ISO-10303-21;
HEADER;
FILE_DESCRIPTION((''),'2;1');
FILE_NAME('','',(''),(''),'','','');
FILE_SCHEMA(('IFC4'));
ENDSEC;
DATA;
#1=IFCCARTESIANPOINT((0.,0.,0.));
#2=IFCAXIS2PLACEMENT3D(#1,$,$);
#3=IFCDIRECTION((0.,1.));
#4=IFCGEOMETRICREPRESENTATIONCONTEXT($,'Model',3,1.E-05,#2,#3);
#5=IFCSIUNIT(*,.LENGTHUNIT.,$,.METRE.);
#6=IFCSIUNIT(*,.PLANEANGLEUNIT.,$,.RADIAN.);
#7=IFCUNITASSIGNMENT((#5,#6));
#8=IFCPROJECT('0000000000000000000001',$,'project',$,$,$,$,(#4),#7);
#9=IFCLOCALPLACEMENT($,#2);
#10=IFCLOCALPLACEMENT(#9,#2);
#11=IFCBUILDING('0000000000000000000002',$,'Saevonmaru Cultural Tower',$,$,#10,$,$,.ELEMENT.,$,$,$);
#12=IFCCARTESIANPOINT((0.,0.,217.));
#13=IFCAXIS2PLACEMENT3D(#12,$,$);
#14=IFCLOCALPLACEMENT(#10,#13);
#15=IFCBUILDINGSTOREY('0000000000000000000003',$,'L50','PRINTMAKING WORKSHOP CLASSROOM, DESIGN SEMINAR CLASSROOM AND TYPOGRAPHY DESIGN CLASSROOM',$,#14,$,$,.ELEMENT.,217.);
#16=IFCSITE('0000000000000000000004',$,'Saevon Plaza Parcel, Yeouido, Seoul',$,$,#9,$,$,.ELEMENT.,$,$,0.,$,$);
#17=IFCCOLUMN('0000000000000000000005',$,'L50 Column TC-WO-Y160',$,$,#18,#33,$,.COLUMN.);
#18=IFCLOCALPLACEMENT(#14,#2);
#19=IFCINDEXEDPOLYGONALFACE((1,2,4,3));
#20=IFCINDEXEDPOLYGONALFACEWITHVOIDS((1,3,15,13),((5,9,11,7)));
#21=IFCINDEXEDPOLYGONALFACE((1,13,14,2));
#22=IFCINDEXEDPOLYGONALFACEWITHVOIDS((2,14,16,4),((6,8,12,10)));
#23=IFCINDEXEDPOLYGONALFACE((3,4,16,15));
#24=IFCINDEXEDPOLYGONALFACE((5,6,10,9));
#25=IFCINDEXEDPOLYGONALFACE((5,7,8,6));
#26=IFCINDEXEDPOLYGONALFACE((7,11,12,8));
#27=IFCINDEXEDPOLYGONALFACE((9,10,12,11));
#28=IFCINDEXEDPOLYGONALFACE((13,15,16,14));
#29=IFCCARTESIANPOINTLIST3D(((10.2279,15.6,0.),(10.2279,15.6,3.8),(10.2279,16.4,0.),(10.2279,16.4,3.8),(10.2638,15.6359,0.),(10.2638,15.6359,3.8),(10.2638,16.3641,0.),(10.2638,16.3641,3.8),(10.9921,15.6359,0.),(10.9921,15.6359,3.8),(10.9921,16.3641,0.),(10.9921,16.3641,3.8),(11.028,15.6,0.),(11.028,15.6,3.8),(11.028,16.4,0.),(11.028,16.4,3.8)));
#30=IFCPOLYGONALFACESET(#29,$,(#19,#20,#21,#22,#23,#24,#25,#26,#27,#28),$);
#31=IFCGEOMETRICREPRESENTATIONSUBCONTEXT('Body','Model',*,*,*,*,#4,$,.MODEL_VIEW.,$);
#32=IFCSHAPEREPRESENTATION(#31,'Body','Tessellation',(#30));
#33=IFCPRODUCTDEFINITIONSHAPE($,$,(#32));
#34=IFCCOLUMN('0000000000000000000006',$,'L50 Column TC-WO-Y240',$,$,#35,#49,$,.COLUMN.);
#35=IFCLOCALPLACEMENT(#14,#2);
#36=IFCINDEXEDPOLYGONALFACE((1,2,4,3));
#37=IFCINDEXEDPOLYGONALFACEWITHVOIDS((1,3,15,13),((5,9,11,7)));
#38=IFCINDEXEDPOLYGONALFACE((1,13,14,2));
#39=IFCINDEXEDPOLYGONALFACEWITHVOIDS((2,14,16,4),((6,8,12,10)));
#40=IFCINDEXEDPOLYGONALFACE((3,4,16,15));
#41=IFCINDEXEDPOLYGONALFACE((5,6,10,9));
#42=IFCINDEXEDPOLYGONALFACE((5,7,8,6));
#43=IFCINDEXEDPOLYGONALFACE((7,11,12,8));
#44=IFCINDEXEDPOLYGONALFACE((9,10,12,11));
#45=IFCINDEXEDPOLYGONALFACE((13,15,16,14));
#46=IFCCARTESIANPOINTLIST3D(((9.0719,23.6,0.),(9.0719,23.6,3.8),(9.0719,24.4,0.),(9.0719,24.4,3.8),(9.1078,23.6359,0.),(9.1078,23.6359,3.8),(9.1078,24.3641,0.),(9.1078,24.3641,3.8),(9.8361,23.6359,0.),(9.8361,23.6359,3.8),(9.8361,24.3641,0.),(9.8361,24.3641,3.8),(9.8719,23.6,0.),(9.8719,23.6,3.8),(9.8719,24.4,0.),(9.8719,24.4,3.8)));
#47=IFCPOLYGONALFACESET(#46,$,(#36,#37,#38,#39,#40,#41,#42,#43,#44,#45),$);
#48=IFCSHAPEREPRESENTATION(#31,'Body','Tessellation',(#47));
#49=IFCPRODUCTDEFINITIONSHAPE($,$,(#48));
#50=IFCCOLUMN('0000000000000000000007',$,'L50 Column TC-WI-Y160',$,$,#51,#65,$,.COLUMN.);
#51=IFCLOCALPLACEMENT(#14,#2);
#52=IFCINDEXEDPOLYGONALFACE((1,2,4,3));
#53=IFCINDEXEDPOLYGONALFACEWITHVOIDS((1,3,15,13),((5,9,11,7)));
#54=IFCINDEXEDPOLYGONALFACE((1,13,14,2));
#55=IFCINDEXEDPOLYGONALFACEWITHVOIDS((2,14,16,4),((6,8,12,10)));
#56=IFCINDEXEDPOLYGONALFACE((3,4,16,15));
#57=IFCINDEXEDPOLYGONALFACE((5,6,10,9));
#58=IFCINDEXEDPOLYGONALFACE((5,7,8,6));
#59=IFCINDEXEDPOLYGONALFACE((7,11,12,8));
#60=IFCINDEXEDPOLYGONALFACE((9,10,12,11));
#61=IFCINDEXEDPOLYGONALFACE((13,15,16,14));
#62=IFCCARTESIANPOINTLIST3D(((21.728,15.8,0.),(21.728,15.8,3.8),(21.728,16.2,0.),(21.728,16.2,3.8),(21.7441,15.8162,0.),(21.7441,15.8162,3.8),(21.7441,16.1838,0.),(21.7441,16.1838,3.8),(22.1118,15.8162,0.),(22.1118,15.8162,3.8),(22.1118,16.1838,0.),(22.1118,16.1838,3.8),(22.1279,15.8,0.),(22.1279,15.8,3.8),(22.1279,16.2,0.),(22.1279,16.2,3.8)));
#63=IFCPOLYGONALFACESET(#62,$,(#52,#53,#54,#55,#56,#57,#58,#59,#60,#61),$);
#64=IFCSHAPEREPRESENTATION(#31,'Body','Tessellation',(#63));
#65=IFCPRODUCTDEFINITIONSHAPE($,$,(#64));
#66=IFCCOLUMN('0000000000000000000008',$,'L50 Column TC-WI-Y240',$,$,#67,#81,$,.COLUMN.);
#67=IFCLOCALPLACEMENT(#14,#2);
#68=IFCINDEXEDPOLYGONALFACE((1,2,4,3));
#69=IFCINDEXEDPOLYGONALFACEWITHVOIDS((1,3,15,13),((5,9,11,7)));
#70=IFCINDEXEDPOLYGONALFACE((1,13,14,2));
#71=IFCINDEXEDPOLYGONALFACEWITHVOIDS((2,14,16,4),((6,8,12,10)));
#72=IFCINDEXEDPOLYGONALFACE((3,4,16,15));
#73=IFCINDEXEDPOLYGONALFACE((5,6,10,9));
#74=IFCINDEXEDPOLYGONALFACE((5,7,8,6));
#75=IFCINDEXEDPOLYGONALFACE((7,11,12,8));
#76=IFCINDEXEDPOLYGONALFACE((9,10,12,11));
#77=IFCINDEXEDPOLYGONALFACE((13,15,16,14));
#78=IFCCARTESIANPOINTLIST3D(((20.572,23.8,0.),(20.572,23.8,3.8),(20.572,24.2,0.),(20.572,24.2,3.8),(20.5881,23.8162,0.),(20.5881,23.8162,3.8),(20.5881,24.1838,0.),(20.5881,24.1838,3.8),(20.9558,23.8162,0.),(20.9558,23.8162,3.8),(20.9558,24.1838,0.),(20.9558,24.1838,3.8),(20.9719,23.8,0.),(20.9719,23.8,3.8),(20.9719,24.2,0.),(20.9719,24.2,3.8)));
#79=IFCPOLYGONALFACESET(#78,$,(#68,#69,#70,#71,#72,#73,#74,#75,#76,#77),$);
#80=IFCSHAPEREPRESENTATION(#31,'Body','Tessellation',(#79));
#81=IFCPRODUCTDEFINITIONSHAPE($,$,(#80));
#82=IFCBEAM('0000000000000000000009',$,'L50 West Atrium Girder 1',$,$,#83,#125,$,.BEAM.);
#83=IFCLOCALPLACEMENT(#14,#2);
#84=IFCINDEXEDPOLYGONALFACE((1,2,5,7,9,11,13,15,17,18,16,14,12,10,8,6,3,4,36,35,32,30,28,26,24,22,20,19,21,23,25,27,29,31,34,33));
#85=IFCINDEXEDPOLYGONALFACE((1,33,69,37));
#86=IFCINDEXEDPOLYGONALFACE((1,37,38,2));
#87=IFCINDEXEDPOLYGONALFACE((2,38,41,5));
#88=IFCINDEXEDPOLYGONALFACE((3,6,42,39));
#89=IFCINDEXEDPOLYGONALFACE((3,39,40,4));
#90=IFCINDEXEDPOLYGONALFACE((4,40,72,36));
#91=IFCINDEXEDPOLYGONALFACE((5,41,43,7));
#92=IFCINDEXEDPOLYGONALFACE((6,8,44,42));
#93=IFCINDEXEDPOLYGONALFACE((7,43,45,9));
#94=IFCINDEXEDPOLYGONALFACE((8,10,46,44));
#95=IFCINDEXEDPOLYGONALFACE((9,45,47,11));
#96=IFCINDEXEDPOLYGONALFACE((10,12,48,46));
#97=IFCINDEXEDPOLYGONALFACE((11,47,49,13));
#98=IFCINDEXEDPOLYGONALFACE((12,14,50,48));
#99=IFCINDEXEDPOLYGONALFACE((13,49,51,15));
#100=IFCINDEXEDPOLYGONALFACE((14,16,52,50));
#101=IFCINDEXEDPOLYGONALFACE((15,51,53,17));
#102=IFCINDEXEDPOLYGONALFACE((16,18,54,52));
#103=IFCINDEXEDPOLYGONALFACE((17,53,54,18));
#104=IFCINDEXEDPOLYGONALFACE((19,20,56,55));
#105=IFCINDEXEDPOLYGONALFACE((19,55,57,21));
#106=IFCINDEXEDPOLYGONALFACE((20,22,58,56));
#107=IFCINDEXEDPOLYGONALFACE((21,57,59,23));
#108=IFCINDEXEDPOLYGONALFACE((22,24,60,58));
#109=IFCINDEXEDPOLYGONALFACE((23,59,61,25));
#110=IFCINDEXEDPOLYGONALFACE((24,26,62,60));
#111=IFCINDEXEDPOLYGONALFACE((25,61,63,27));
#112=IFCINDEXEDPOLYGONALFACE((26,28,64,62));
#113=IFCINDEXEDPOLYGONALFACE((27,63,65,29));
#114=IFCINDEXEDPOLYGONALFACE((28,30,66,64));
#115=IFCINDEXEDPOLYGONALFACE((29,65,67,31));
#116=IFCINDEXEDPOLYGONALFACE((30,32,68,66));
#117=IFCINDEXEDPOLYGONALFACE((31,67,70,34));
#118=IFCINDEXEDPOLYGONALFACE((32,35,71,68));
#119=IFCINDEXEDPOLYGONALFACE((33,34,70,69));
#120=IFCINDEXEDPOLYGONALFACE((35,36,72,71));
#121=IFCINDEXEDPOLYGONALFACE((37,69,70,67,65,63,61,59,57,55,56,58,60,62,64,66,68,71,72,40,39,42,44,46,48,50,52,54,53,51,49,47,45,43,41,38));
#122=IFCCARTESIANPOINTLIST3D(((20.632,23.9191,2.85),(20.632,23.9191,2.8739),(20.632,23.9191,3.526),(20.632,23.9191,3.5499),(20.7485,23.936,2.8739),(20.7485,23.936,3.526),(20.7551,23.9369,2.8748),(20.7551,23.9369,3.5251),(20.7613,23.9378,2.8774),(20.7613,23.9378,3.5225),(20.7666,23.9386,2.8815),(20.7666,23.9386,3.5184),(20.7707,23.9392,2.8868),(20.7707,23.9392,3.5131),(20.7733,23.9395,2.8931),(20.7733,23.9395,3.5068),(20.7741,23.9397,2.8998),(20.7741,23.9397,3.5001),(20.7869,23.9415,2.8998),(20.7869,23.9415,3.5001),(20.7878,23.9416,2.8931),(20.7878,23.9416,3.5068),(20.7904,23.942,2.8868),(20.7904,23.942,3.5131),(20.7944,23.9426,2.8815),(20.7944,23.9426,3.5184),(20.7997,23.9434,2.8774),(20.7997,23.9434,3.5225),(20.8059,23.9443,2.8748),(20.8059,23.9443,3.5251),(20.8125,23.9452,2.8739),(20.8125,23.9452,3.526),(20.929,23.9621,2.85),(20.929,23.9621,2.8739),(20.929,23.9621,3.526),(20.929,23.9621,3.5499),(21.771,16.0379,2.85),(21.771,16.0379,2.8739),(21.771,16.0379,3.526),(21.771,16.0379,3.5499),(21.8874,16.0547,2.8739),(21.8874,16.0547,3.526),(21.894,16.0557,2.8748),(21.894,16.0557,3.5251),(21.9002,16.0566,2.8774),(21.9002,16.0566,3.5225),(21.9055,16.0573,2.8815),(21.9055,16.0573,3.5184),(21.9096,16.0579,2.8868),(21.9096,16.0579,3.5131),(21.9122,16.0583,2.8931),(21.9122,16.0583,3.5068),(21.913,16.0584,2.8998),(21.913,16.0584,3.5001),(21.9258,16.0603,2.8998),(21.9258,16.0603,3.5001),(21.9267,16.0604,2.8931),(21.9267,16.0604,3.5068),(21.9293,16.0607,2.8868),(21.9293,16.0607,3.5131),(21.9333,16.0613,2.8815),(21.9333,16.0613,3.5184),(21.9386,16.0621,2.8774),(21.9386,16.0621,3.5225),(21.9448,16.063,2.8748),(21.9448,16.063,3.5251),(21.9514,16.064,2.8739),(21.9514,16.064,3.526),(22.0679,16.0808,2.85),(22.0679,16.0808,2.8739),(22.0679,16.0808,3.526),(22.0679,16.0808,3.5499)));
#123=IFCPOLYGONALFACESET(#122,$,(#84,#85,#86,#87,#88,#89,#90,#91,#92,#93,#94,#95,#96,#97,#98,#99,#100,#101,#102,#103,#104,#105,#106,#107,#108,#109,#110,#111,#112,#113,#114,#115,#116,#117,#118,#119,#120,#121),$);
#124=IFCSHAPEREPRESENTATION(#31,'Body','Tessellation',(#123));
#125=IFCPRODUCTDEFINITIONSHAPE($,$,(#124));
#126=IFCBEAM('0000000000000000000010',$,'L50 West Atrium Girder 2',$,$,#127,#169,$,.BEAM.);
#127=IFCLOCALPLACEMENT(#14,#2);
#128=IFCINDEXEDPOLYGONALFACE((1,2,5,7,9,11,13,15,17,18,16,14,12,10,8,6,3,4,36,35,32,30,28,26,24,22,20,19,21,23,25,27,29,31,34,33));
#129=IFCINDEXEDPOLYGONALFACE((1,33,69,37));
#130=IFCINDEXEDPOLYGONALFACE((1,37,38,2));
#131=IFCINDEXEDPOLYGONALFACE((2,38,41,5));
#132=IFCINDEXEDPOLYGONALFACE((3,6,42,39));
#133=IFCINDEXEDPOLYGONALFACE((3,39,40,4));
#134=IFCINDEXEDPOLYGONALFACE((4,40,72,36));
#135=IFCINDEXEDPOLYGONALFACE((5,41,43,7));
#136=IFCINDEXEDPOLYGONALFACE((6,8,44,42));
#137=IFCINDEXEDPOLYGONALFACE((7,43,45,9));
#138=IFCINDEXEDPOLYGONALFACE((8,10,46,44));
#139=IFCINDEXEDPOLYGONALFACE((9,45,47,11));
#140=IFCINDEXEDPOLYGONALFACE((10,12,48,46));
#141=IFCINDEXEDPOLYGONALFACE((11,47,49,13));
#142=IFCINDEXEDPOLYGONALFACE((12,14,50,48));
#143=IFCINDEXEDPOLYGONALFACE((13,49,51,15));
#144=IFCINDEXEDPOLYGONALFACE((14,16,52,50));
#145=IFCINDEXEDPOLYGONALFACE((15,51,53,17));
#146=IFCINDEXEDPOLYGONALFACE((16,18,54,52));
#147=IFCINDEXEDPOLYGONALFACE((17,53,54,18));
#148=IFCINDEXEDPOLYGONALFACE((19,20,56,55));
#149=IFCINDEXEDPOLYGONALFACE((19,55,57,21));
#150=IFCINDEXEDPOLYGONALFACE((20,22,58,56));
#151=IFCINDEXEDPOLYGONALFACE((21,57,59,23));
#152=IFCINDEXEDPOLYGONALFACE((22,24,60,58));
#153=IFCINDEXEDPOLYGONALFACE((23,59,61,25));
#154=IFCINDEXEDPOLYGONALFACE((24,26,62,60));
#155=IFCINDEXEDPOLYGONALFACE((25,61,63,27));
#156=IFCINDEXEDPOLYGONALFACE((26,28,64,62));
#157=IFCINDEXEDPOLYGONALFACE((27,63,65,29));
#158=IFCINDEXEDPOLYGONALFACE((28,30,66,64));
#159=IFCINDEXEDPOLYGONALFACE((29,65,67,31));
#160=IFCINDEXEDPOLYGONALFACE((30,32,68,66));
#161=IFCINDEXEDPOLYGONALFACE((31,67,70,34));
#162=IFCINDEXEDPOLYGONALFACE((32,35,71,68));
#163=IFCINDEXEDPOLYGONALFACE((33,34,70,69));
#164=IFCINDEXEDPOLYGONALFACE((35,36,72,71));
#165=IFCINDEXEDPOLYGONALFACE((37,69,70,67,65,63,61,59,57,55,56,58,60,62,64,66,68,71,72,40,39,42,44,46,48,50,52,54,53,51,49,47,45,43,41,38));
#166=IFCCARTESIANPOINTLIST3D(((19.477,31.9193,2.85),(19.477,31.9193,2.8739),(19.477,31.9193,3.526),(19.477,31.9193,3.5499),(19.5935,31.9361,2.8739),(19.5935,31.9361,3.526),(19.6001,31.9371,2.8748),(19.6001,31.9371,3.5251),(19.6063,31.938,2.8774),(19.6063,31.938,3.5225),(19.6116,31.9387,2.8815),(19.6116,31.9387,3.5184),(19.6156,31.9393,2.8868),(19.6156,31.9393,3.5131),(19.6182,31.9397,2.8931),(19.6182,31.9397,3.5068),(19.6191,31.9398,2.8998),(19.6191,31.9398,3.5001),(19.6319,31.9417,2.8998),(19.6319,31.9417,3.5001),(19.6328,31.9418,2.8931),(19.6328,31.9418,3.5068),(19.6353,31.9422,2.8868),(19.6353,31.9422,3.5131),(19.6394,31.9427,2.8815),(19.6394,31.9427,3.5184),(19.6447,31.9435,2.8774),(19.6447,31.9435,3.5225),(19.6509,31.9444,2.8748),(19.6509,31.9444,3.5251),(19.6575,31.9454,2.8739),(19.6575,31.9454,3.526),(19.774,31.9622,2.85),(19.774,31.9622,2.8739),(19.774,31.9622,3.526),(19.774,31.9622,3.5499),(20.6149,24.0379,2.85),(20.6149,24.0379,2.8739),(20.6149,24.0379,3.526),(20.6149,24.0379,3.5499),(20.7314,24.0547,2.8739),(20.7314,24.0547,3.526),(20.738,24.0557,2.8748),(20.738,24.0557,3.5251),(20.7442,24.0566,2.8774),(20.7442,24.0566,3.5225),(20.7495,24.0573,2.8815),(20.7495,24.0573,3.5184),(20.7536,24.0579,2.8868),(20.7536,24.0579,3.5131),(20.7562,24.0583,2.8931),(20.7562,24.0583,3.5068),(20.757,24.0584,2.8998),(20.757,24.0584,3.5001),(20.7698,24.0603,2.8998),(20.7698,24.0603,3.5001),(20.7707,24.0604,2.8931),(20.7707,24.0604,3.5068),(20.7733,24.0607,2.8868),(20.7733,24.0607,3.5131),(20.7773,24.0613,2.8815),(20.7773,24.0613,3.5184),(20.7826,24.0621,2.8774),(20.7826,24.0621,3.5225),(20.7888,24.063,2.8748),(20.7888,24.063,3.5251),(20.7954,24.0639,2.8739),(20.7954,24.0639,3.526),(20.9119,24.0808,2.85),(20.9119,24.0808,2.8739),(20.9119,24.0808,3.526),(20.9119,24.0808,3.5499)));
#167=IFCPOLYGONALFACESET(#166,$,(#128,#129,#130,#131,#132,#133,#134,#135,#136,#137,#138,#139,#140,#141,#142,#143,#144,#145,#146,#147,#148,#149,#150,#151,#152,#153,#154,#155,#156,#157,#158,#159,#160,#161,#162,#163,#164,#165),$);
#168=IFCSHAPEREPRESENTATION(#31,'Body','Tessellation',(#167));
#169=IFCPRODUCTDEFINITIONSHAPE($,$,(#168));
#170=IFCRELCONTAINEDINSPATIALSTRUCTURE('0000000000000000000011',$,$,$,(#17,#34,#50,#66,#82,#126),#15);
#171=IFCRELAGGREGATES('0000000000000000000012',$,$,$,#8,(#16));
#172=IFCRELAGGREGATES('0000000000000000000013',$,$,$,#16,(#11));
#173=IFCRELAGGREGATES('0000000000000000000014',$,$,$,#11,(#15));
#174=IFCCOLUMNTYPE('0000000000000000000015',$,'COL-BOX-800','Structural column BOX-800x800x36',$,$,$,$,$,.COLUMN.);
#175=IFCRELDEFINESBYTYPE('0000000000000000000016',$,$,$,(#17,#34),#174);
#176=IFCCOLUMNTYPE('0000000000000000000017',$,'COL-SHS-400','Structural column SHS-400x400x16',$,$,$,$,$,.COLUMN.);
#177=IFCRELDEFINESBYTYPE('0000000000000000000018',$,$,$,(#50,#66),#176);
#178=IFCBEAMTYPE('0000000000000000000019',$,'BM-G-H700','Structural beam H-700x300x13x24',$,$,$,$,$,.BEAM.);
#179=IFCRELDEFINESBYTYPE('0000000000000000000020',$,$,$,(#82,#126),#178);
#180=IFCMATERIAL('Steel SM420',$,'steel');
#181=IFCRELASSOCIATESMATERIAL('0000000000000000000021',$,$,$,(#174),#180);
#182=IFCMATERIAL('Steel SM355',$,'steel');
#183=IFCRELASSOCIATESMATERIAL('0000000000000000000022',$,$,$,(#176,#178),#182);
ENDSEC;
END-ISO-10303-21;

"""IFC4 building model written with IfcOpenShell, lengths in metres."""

from ifc_helpers import new_model, si_unit, direction, frame, origin, origin_2d, place, context, subcontext, project, spatial, hollow_rectangle, i_section, extrude, material, material_profile, profile_set, type_object, element, save


model = new_model("IFC4")

# Units and contexts
model_context = context("Model", 3, precision=1e-05, world=origin(), true_north=direction((0.0, 1.0)))
body_context = subcontext(model_context, "Body", "Model", "MODEL_VIEW")
ifc_project = project(units=[si_unit("LENGTHUNIT", "METRE"), si_unit("PLANEANGLEUNIT", "RADIAN")], contexts=[model_context])

# Site, building, storey
site_placement = place(None, origin())
site = spatial("IfcSite", under=ifc_project, at=site_placement, Name="Saevon Plaza Parcel, Yeouido, Seoul", CompositionType="ELEMENT", RefElevation=0.0)
building_placement = place(site_placement, origin())
building = spatial("IfcBuilding", under=site, at=building_placement, Name="Saevonmaru Cultural Tower", CompositionType="ELEMENT")
storey_placement = place(building_placement, frame((0.0, 0.0, 217.0)))
storey = spatial("IfcBuildingStorey", under=building, at=storey_placement, Name="L50", Description="PRINTMAKING WORKSHOP CLASSROOM, DESIGN SEMINAR CLASSROOM AND TYPOGRAPHY DESIGN CLASSROOM", CompositionType="ELEMENT", Elevation=217.0)

# Columns
ifc_material_1 = material(Name="Steel SM420", Category="steel")
ifc_material_profile_1 = material_profile(ifc_material_1, hollow_rectangle(XDim=0.8, YDim=0.8, WallThickness=0.0359, at=origin_2d()), Name="BOX-800x800x36")
ifc_profile_set_1 = profile_set([ifc_material_profile_1], Name="Steel SM420")
column_type_1 = type_object("IfcColumnType", Name="COL-BOX-800", Description="Structural column BOX-800x800x36", PredefinedType="COLUMN", material=ifc_profile_set_1)
for number, where, z_axis, x_axis, name in (
    (1, (10.6279, 16.0, 0.0), (0.0, 0.0, 1.0), (1.0, 0.0, 0.0), "L50 Column TC-WO-Y160"),
    (2, (9.4719, 24.0, 0.0), (0.0, 0.0, 1.0), (1.0, 0.0, 0.0), "L50 Column TC-WO-Y240"),
):
    element("IfcColumn", number, at=place(storey_placement, frame(where, z_axis=z_axis, x_axis=x_axis)), inside=storey, type_object=column_type_1, Name=name, PredefinedType="COLUMN", context=body_context, shape_type="SweptSolid", body=[
        extrude(hollow_rectangle(XDim=0.8, YDim=0.8, WallThickness=0.0359, at=origin_2d()), origin(), (0.0, 0.0, 1.0), 3.8),
    ])
ifc_material_2 = material(Name="Steel SM355", Category="steel")
ifc_material_profile_2 = material_profile(ifc_material_2, hollow_rectangle(XDim=0.3999, YDim=0.3999, WallThickness=0.0161, at=origin_2d()), Name="SHS-400x400x16")
ifc_profile_set_2 = profile_set([ifc_material_profile_2], Name="Steel SM355")
column_type_2 = type_object("IfcColumnType", Name="COL-SHS-400", Description="Structural column SHS-400x400x16", PredefinedType="COLUMN", material=ifc_profile_set_2)
for number, where, z_axis, x_axis, name in (
    (3, (21.928, 16.0, 0.0), (0.0, 0.0, 1.0), (1.0, 0.0, 0.0), "L50 Column TC-WI-Y160"),
    (4, (20.772, 24.0, 0.0), (0.0, 0.0, 1.0), (1.0, 0.0, 0.0), "L50 Column TC-WI-Y240"),
):
    element("IfcColumn", number, at=place(storey_placement, frame(where, z_axis=z_axis, x_axis=x_axis)), inside=storey, type_object=column_type_2, Name=name, PredefinedType="COLUMN", context=body_context, shape_type="SweptSolid", body=[
        extrude(hollow_rectangle(XDim=0.3999, YDim=0.3999, WallThickness=0.0161, at=origin_2d()), origin(), (0.0, 0.0, 1.0), 3.8),
    ])

# Beams
ifc_material_profile_3 = material_profile(ifc_material_2, i_section(OverallWidth=0.3, OverallDepth=0.7, WebThickness=0.0129, FlangeThickness=0.0239, FilletRadius=0.0259, at=origin_2d()), Name="H-700x300x13x24")
ifc_profile_set_3 = profile_set([ifc_material_profile_3], Name="Steel SM355")
beam_type_1 = type_object("IfcBeamType", Name="BM-G-H700", Description="Structural beam H-700x300x13x24", PredefinedType="BEAM", material=ifc_profile_set_3)
for number, where, z_axis, x_axis, name in (
    (5, (21.9194, 16.0593, 3.2), (-0.143022, 0.989719, 0.0), (-0.989719, -0.143022, 0.0), "L50 West Atrium Girder 1"),
    (6, (20.7634, 24.0593, 3.2), (-0.142902, 0.989737, 0.0), (-0.989737, -0.142902, 0.0), "L50 West Atrium Girder 2"),
):
    element("IfcBeam", number, at=place(storey_placement, frame(where, z_axis=z_axis, x_axis=x_axis)), inside=storey, type_object=beam_type_1, Name=name, PredefinedType="BEAM", context=body_context, shape_type="SweptSolid", body=[
        extrude(i_section(OverallWidth=0.3, OverallDepth=0.7, WebThickness=0.0129, FlangeThickness=0.0239, FilletRadius=0.0259, at=origin_2d()), origin(), (0.0, 0.0, 1.0), 7.9631),
    ])

save(model, "model.ifc")
